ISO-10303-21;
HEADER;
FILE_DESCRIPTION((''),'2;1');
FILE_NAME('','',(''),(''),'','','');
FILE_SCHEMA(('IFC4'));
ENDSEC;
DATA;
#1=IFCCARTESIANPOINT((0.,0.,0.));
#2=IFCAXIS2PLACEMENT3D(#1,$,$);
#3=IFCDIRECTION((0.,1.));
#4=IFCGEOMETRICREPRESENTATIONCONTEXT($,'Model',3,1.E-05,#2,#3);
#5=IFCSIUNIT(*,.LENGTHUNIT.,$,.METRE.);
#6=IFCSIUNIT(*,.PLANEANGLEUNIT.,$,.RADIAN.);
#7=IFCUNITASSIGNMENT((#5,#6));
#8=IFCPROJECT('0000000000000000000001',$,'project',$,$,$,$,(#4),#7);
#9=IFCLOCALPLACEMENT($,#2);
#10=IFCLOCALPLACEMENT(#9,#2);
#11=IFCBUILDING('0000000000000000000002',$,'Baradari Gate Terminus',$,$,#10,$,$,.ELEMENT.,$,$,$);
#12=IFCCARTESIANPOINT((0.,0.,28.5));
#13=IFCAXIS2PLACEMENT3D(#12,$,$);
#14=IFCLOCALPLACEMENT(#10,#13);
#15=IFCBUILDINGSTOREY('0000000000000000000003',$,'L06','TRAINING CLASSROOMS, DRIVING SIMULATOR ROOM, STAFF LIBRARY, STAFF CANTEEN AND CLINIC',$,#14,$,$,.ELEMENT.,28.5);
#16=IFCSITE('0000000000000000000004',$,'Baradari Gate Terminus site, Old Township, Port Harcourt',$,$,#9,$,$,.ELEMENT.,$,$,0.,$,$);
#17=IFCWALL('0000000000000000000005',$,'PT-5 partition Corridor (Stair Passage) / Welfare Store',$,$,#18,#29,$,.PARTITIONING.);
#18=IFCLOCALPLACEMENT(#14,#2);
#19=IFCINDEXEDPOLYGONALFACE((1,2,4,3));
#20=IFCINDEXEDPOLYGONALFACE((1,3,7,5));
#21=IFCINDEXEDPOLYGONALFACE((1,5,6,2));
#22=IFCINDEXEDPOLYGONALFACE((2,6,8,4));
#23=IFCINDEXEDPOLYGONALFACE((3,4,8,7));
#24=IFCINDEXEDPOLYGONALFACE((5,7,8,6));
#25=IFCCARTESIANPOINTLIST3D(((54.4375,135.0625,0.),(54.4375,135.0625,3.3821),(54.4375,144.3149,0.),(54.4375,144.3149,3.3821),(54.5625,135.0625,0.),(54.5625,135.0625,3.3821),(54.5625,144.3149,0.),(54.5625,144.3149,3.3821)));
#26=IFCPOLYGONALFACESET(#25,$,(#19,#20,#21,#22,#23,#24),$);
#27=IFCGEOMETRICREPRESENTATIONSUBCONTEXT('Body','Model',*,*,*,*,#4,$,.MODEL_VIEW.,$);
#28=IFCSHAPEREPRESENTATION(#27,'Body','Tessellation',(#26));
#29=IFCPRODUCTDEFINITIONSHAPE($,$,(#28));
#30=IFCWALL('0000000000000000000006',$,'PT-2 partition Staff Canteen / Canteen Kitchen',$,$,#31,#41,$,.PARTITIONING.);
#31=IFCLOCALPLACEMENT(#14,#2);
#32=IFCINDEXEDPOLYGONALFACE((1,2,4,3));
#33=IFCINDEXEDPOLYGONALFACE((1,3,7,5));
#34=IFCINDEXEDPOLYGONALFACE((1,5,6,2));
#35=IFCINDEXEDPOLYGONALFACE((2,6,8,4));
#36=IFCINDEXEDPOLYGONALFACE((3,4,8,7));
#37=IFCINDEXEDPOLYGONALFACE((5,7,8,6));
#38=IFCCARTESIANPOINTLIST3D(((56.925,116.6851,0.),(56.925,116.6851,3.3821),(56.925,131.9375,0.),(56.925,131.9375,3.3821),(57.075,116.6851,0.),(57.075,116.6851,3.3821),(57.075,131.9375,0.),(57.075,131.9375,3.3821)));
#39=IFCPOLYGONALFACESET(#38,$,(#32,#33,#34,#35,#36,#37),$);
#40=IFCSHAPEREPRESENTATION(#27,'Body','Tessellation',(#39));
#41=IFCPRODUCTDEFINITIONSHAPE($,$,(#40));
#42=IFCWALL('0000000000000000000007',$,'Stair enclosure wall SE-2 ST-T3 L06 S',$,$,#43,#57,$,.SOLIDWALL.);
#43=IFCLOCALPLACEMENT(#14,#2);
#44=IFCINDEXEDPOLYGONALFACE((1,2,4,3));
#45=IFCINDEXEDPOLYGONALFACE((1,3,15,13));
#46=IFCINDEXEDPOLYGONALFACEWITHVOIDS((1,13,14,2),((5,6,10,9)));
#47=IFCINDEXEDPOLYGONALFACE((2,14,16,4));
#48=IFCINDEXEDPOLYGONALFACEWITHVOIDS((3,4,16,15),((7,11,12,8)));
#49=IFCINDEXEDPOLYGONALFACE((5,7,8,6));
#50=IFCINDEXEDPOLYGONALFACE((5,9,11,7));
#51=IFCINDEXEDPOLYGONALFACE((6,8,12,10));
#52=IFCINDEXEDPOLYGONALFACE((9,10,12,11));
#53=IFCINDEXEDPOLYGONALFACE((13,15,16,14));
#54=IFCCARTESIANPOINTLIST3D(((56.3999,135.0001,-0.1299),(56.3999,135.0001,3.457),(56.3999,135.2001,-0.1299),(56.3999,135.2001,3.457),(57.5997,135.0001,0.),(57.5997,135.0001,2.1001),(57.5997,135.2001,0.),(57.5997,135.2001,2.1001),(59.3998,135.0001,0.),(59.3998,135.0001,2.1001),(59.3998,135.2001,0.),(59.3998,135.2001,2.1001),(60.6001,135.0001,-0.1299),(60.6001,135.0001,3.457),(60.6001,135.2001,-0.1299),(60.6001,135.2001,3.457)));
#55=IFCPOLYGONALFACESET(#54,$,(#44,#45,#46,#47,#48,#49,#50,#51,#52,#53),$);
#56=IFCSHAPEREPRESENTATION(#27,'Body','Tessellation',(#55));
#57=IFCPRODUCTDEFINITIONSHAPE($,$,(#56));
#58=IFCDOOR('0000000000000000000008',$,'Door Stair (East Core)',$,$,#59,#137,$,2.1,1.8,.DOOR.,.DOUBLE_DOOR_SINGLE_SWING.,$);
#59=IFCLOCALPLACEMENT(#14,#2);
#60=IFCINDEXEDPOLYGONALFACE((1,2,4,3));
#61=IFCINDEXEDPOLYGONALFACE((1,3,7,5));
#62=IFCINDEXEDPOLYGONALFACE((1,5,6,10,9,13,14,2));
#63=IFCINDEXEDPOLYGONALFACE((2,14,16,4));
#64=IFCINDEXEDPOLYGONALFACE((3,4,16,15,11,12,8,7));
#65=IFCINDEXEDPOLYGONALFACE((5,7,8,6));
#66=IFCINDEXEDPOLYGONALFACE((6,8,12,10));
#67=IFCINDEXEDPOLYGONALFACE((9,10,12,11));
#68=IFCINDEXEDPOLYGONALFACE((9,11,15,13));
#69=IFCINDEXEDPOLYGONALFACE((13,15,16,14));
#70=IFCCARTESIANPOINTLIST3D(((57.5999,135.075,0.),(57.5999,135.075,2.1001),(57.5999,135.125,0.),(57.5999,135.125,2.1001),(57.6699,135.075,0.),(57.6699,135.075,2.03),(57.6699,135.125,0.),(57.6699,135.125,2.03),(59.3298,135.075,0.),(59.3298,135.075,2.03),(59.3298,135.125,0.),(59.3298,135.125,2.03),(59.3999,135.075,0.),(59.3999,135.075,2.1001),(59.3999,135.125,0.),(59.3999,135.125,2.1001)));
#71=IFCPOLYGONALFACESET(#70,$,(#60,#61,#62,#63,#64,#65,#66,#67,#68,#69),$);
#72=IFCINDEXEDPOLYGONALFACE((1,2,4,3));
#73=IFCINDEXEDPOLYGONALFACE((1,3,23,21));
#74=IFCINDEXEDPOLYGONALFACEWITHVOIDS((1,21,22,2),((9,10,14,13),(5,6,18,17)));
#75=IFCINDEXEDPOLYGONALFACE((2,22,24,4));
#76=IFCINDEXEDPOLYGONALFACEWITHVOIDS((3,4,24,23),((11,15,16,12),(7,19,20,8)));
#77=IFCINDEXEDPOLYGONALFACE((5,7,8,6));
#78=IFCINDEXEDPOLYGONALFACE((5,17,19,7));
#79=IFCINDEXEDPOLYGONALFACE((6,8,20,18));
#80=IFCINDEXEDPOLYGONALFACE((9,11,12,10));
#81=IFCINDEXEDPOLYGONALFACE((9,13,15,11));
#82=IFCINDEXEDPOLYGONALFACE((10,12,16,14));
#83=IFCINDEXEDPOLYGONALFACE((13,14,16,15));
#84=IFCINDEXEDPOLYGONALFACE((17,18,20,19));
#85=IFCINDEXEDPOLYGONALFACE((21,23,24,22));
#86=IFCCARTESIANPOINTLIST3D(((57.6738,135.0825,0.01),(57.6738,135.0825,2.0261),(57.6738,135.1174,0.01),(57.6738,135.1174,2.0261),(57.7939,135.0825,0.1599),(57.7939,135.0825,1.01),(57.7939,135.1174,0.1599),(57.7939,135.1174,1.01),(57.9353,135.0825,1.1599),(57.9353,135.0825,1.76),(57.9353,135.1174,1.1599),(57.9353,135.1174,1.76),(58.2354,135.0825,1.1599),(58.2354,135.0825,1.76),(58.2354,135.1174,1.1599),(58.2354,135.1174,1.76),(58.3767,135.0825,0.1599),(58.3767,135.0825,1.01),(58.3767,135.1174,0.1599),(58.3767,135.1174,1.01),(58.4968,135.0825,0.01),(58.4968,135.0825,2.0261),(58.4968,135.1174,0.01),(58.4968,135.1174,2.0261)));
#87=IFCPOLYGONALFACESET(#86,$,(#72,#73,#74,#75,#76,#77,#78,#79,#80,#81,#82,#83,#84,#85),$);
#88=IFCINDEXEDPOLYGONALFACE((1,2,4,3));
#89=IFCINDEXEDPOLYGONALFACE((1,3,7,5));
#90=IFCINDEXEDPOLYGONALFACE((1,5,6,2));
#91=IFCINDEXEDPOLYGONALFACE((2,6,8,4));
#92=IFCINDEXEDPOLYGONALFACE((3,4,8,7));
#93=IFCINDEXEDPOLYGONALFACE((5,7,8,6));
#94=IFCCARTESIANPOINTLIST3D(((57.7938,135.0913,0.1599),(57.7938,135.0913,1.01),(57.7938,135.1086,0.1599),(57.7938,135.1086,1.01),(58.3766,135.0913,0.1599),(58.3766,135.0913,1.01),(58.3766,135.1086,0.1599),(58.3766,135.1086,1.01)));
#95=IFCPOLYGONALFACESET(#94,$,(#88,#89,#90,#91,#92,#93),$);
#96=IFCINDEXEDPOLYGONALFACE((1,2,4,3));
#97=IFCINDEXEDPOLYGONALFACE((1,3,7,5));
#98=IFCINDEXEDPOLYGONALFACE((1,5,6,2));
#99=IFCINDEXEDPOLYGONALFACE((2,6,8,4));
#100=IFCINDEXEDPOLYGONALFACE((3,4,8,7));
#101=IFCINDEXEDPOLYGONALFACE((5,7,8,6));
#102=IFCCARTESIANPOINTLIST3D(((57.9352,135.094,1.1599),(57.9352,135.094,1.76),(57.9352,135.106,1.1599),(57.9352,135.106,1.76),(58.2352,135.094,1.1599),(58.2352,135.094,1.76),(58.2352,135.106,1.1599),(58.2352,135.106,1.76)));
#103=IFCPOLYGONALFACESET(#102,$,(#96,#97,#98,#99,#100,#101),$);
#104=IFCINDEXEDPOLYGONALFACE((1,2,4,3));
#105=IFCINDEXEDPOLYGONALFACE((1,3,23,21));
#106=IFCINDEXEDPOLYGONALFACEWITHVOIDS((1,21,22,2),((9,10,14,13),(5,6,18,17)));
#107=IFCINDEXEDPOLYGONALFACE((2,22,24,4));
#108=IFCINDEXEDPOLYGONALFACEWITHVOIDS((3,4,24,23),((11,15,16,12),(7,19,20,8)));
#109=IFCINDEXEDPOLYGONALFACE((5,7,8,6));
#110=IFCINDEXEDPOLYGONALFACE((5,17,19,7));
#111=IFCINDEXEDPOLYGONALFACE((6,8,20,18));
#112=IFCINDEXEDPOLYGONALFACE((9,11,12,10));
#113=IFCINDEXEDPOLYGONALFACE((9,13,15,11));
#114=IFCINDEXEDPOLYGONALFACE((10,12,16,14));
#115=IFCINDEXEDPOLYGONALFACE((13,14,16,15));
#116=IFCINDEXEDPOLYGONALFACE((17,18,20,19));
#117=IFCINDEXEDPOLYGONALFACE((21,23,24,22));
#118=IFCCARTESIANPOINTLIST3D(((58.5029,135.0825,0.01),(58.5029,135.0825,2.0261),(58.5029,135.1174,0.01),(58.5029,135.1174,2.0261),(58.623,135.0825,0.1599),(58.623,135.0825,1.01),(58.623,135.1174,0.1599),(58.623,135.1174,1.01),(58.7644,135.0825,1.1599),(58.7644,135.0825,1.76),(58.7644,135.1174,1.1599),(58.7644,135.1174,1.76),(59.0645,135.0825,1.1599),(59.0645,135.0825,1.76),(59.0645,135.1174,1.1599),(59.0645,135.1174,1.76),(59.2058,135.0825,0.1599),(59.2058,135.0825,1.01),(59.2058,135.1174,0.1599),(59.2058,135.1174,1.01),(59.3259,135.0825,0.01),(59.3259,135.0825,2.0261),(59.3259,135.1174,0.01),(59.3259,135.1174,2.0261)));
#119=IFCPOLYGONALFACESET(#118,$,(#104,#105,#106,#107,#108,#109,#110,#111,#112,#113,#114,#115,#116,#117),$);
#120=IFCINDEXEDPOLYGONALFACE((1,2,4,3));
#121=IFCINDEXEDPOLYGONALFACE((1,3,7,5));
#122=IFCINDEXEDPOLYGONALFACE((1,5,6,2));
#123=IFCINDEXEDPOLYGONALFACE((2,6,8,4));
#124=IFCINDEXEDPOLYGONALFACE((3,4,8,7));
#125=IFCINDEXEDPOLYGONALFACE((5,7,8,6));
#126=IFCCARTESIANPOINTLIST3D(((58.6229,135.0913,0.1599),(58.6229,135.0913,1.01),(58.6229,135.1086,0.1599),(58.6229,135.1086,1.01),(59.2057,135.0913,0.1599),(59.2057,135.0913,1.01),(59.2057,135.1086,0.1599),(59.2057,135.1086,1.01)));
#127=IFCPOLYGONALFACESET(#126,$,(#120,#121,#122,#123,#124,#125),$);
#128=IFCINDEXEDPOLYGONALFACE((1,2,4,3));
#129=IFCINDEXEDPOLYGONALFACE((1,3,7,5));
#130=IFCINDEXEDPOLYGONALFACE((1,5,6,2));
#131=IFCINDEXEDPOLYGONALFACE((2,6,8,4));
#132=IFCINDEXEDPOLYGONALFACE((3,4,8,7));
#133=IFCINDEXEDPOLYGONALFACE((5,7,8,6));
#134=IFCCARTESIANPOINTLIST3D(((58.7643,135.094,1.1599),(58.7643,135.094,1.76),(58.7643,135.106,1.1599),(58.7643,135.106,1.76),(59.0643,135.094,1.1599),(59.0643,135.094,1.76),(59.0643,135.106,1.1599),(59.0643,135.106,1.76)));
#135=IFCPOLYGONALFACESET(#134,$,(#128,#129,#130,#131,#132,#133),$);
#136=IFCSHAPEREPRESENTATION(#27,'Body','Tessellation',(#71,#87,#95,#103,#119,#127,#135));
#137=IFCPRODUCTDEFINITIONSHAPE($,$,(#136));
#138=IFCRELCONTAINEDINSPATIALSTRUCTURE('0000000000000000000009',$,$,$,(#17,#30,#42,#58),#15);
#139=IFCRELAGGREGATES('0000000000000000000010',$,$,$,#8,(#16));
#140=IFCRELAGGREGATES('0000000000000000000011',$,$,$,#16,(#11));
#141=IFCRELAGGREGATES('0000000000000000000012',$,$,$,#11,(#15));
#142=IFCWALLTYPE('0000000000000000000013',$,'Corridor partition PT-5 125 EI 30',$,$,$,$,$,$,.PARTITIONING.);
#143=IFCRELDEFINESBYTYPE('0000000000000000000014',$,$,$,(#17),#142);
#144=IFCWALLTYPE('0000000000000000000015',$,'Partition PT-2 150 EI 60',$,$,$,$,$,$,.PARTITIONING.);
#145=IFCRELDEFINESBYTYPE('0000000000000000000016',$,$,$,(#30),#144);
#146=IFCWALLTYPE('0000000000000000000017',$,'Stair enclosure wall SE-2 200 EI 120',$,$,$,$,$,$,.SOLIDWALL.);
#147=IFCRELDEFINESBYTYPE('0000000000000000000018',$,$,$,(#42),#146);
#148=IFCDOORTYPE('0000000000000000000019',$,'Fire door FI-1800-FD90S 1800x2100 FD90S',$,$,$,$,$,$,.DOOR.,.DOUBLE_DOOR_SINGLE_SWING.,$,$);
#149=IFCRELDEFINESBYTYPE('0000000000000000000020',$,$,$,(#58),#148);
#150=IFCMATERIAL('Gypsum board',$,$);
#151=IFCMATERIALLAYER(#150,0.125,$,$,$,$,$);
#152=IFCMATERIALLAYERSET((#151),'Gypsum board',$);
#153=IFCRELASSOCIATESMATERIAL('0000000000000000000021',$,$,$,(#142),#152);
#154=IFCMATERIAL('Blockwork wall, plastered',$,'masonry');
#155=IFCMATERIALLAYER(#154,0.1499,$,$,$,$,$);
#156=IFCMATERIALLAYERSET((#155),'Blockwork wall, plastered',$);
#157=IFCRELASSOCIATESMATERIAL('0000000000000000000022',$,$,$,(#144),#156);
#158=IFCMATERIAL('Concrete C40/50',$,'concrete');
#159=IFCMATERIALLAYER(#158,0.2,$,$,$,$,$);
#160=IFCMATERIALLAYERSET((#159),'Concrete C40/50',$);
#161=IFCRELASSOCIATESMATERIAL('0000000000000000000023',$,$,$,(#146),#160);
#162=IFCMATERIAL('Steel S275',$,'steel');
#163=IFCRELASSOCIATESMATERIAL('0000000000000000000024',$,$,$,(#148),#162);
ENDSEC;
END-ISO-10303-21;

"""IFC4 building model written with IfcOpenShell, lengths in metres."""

from ifc_helpers import new_model, si_unit, direction, frame, frame_2d, origin, place, context, subcontext, project, spatial, polyline, rectangle, outline, extrude, material, layer, layer_set, type_object, element, fill, save


model = new_model("IFC4")

# Units and contexts
model_context = context("Model", 3, precision=1e-05, world=origin(), true_north=direction((0.0, 1.0)))
body_context = subcontext(model_context, "Body", "Model", "MODEL_VIEW")
ifc_project = project(units=[si_unit("LENGTHUNIT", "METRE"), si_unit("PLANEANGLEUNIT", "RADIAN")], contexts=[model_context])

# Site, building, storey
site_placement = place(None, origin())
site = spatial("IfcSite", under=ifc_project, at=site_placement, Name="Baradari Gate Terminus site, Old Township, Port Harcourt", CompositionType="ELEMENT", RefElevation=0.0)
building_placement = place(site_placement, origin())
building = spatial("IfcBuilding", under=site, at=building_placement, Name="Baradari Gate Terminus", CompositionType="ELEMENT")
storey_placement = place(building_placement, frame((0.0, 0.0, 28.5)))
storey = spatial("IfcBuildingStorey", under=building, at=storey_placement, Name="L06", Description="TRAINING CLASSROOMS, DRIVING SIMULATOR ROOM, STAFF LIBRARY, STAFF CANTEEN AND CLINIC", CompositionType="ELEMENT", Elevation=28.5)

# Shared definitions
ifc_material_1 = material(Name="Gypsum board")
ifc_layer_1 = layer(ifc_material_1, 0.125)
ifc_layer_set_1 = layer_set([ifc_layer_1], Name="Gypsum board")
wall_type_1 = type_object("IfcWallType", Name="Corridor partition PT-5 125 EI 30", PredefinedType="PARTITIONING", material=ifc_layer_set_1)

# Walls
wall_1_placement = place(storey_placement, frame((54.5, 135.0625, 0.0), z_axis=(0.0, 0.0, 1.0), x_axis=(0.0, 1.0, 0.0)))
element("IfcWall", 1, at=wall_1_placement, inside=storey, type_object=wall_type_1, Name="PT-5 partition Corridor (Stair Passage) / Welfare Store", PredefinedType="PARTITIONING", context=body_context, shape_type="SweptSolid", body=[
    extrude(rectangle(XDim=9.2524, YDim=0.125, at=frame_2d((4.6262, 0.0))), origin(), (0.0, 0.0, 1.0), 3.3821),
])
ifc_material_2 = material(Name="Blockwork wall, plastered", Category="masonry")
ifc_layer_2 = layer(ifc_material_2, 0.1499)
ifc_layer_set_2 = layer_set([ifc_layer_2], Name="Blockwork wall, plastered")
wall_type_2 = type_object("IfcWallType", Name="Partition PT-2 150 EI 60", PredefinedType="PARTITIONING", material=ifc_layer_set_2)
wall_2_placement = place(storey_placement, frame((57.0, 131.9375, 0.0), z_axis=(0.0, 0.0, 1.0), x_axis=(0.0, -1.0, 0.0)))
element("IfcWall", 2, at=wall_2_placement, inside=storey, type_object=wall_type_2, Name="PT-2 partition Staff Canteen / Canteen Kitchen", PredefinedType="PARTITIONING", context=body_context, shape_type="SweptSolid", body=[
    extrude(rectangle(XDim=15.2524, YDim=0.1499, at=frame_2d((7.6262, 0.0))), origin(), (0.0, 0.0, 1.0), 3.3821),
])

# Wall, opening, door
ifc_material_3 = material(Name="Concrete C40/50", Category="concrete")
ifc_layer_3 = layer(ifc_material_3, 0.2)
ifc_layer_set_3 = layer_set([ifc_layer_3], Name="Concrete C40/50")
wall_type_3 = type_object("IfcWallType", Name="Stair enclosure wall SE-2 200 EI 120", PredefinedType="SOLIDWALL", material=ifc_layer_set_3)
wall_3_placement = place(storey_placement, frame((56.3999, 135.1001, -0.1299), z_axis=(0.0, 0.0, 1.0), x_axis=(1.0, 0.0, 0.0)))
wall_3 = element("IfcWall", 3, at=wall_3_placement, inside=storey, type_object=wall_type_3, Name="Stair enclosure wall SE-2 ST-T3 L06 S", PredefinedType="SOLIDWALL", context=body_context, shape_type="SweptSolid", body=[
    extrude(rectangle(XDim=4.2002, YDim=0.2, at=frame_2d((2.1001, 0.0))), origin(), (0.0, 0.0, 1.0), 3.5869),
])
opening_1_placement = place(wall_3_placement, frame((1.2, 0.0, 0.1299)))
opening_1 = element("IfcOpeningElement", 4, at=opening_1_placement, cuts=wall_3, PredefinedType="OPENING", context=body_context, shape_type="SweptSolid", body=[
    extrude(rectangle(XDim=1.8, YDim=2.1001, at=frame_2d((0.8999, 1.05))), frame((0.0, 0.1099, 0.0), z_axis=(0.0, -1.0, 0.0), x_axis=(1.0, 0.0, 0.0)), (0.0, 0.0, 1.0), 0.22),
])
ifc_material_4 = material(Name="Steel S275", Category="steel")
door_type_1 = type_object("IfcDoorType", Name="Fire door FI-1800-FD90S 1800x2100 FD90S", OperationType="DOUBLE_DOOR_SINGLE_SWING", PredefinedType="DOOR", material=ifc_material_4)
door_1_placement = place(opening_1_placement, origin())
door_1 = element("IfcDoor", 5, at=door_1_placement, inside=storey, type_object=door_type_1, Name="Door Stair (East Core)", OperationType="DOUBLE_DOOR_SINGLE_SWING", OverallHeight=2.1, OverallWidth=1.8, PredefinedType="DOOR", context=body_context, shape_type="SweptSolid", body=[
    extrude(outline(polyline([(0.0, 0.0), (0.0701, 0.0), (0.0701, 2.03), (1.73, 2.03), (1.73, 0.0), (1.8, 0.0), (1.8, 2.1001), (0.0, 2.1001), (0.0, 0.0)])), frame((0.0, 0.0249, 0.0), z_axis=(0.0, -1.0, 0.0), x_axis=(1.0, 0.0, 0.0)), (0.0, 0.0, 1.0), 0.05),
    extrude(outline(polyline([(0.074, 0.01), (0.897, 0.01), (0.897, 2.0261), (0.074, 2.0261), (0.074, 0.01)]), holes=[polyline([(0.1941, 0.1599), (0.7769, 0.1599), (0.7769, 1.01), (0.1941, 1.01), (0.1941, 0.1599)]), polyline([(0.3354, 1.1599), (0.6355, 1.1599), (0.6355, 1.76), (0.3354, 1.76), (0.3354, 1.1599)])]), frame((0.0, 0.0173, 0.0), z_axis=(0.0, -1.0, 0.0), x_axis=(1.0, 0.0, 0.0)), (0.0, 0.0, 1.0), 0.0349),
    extrude(rectangle(XDim=0.5828, YDim=0.8501, at=frame_2d((0.4854, 0.585))), frame((0.0, 0.0085, 0.0), z_axis=(0.0, -1.0, 0.0), x_axis=(1.0, 0.0, 0.0)), (0.0, 0.0, 1.0), 0.0173),
    extrude(rectangle(XDim=0.3, YDim=0.6001, at=frame_2d((0.4854, 1.46))), frame((0.0, 0.0059, 0.0), z_axis=(0.0, -1.0, 0.0), x_axis=(1.0, 0.0, 0.0)), (0.0, 0.0, 1.0), 0.012),
    extrude(outline(polyline([(0.9031, 0.01), (1.7261, 0.01), (1.7261, 2.0261), (0.9031, 2.0261), (0.9031, 0.01)]), holes=[polyline([(1.0232, 0.1599), (1.606, 0.1599), (1.606, 1.01), (1.0232, 1.01), (1.0232, 0.1599)]), polyline([(1.1646, 1.1599), (1.4646, 1.1599), (1.4646, 1.76), (1.1646, 1.76), (1.1646, 1.1599)])]), frame((0.0, 0.0173, 0.0), z_axis=(0.0, -1.0, 0.0), x_axis=(1.0, 0.0, 0.0)), (0.0, 0.0, 1.0), 0.0349),
    extrude(rectangle(XDim=0.5828, YDim=0.8501, at=frame_2d((1.3145, 0.585))), frame((0.0, 0.0085, 0.0), z_axis=(0.0, -1.0, 0.0), x_axis=(1.0, 0.0, 0.0)), (0.0, 0.0, 1.0), 0.0173),
    extrude(rectangle(XDim=0.3, YDim=0.6001, at=frame_2d((1.3145, 1.46))), frame((0.0, 0.0059, 0.0), z_axis=(0.0, -1.0, 0.0), x_axis=(1.0, 0.0, 0.0)), (0.0, 0.0, 1.0), 0.012),
])
fill(opening_1, door_1)

save(model, "model.ifc")
